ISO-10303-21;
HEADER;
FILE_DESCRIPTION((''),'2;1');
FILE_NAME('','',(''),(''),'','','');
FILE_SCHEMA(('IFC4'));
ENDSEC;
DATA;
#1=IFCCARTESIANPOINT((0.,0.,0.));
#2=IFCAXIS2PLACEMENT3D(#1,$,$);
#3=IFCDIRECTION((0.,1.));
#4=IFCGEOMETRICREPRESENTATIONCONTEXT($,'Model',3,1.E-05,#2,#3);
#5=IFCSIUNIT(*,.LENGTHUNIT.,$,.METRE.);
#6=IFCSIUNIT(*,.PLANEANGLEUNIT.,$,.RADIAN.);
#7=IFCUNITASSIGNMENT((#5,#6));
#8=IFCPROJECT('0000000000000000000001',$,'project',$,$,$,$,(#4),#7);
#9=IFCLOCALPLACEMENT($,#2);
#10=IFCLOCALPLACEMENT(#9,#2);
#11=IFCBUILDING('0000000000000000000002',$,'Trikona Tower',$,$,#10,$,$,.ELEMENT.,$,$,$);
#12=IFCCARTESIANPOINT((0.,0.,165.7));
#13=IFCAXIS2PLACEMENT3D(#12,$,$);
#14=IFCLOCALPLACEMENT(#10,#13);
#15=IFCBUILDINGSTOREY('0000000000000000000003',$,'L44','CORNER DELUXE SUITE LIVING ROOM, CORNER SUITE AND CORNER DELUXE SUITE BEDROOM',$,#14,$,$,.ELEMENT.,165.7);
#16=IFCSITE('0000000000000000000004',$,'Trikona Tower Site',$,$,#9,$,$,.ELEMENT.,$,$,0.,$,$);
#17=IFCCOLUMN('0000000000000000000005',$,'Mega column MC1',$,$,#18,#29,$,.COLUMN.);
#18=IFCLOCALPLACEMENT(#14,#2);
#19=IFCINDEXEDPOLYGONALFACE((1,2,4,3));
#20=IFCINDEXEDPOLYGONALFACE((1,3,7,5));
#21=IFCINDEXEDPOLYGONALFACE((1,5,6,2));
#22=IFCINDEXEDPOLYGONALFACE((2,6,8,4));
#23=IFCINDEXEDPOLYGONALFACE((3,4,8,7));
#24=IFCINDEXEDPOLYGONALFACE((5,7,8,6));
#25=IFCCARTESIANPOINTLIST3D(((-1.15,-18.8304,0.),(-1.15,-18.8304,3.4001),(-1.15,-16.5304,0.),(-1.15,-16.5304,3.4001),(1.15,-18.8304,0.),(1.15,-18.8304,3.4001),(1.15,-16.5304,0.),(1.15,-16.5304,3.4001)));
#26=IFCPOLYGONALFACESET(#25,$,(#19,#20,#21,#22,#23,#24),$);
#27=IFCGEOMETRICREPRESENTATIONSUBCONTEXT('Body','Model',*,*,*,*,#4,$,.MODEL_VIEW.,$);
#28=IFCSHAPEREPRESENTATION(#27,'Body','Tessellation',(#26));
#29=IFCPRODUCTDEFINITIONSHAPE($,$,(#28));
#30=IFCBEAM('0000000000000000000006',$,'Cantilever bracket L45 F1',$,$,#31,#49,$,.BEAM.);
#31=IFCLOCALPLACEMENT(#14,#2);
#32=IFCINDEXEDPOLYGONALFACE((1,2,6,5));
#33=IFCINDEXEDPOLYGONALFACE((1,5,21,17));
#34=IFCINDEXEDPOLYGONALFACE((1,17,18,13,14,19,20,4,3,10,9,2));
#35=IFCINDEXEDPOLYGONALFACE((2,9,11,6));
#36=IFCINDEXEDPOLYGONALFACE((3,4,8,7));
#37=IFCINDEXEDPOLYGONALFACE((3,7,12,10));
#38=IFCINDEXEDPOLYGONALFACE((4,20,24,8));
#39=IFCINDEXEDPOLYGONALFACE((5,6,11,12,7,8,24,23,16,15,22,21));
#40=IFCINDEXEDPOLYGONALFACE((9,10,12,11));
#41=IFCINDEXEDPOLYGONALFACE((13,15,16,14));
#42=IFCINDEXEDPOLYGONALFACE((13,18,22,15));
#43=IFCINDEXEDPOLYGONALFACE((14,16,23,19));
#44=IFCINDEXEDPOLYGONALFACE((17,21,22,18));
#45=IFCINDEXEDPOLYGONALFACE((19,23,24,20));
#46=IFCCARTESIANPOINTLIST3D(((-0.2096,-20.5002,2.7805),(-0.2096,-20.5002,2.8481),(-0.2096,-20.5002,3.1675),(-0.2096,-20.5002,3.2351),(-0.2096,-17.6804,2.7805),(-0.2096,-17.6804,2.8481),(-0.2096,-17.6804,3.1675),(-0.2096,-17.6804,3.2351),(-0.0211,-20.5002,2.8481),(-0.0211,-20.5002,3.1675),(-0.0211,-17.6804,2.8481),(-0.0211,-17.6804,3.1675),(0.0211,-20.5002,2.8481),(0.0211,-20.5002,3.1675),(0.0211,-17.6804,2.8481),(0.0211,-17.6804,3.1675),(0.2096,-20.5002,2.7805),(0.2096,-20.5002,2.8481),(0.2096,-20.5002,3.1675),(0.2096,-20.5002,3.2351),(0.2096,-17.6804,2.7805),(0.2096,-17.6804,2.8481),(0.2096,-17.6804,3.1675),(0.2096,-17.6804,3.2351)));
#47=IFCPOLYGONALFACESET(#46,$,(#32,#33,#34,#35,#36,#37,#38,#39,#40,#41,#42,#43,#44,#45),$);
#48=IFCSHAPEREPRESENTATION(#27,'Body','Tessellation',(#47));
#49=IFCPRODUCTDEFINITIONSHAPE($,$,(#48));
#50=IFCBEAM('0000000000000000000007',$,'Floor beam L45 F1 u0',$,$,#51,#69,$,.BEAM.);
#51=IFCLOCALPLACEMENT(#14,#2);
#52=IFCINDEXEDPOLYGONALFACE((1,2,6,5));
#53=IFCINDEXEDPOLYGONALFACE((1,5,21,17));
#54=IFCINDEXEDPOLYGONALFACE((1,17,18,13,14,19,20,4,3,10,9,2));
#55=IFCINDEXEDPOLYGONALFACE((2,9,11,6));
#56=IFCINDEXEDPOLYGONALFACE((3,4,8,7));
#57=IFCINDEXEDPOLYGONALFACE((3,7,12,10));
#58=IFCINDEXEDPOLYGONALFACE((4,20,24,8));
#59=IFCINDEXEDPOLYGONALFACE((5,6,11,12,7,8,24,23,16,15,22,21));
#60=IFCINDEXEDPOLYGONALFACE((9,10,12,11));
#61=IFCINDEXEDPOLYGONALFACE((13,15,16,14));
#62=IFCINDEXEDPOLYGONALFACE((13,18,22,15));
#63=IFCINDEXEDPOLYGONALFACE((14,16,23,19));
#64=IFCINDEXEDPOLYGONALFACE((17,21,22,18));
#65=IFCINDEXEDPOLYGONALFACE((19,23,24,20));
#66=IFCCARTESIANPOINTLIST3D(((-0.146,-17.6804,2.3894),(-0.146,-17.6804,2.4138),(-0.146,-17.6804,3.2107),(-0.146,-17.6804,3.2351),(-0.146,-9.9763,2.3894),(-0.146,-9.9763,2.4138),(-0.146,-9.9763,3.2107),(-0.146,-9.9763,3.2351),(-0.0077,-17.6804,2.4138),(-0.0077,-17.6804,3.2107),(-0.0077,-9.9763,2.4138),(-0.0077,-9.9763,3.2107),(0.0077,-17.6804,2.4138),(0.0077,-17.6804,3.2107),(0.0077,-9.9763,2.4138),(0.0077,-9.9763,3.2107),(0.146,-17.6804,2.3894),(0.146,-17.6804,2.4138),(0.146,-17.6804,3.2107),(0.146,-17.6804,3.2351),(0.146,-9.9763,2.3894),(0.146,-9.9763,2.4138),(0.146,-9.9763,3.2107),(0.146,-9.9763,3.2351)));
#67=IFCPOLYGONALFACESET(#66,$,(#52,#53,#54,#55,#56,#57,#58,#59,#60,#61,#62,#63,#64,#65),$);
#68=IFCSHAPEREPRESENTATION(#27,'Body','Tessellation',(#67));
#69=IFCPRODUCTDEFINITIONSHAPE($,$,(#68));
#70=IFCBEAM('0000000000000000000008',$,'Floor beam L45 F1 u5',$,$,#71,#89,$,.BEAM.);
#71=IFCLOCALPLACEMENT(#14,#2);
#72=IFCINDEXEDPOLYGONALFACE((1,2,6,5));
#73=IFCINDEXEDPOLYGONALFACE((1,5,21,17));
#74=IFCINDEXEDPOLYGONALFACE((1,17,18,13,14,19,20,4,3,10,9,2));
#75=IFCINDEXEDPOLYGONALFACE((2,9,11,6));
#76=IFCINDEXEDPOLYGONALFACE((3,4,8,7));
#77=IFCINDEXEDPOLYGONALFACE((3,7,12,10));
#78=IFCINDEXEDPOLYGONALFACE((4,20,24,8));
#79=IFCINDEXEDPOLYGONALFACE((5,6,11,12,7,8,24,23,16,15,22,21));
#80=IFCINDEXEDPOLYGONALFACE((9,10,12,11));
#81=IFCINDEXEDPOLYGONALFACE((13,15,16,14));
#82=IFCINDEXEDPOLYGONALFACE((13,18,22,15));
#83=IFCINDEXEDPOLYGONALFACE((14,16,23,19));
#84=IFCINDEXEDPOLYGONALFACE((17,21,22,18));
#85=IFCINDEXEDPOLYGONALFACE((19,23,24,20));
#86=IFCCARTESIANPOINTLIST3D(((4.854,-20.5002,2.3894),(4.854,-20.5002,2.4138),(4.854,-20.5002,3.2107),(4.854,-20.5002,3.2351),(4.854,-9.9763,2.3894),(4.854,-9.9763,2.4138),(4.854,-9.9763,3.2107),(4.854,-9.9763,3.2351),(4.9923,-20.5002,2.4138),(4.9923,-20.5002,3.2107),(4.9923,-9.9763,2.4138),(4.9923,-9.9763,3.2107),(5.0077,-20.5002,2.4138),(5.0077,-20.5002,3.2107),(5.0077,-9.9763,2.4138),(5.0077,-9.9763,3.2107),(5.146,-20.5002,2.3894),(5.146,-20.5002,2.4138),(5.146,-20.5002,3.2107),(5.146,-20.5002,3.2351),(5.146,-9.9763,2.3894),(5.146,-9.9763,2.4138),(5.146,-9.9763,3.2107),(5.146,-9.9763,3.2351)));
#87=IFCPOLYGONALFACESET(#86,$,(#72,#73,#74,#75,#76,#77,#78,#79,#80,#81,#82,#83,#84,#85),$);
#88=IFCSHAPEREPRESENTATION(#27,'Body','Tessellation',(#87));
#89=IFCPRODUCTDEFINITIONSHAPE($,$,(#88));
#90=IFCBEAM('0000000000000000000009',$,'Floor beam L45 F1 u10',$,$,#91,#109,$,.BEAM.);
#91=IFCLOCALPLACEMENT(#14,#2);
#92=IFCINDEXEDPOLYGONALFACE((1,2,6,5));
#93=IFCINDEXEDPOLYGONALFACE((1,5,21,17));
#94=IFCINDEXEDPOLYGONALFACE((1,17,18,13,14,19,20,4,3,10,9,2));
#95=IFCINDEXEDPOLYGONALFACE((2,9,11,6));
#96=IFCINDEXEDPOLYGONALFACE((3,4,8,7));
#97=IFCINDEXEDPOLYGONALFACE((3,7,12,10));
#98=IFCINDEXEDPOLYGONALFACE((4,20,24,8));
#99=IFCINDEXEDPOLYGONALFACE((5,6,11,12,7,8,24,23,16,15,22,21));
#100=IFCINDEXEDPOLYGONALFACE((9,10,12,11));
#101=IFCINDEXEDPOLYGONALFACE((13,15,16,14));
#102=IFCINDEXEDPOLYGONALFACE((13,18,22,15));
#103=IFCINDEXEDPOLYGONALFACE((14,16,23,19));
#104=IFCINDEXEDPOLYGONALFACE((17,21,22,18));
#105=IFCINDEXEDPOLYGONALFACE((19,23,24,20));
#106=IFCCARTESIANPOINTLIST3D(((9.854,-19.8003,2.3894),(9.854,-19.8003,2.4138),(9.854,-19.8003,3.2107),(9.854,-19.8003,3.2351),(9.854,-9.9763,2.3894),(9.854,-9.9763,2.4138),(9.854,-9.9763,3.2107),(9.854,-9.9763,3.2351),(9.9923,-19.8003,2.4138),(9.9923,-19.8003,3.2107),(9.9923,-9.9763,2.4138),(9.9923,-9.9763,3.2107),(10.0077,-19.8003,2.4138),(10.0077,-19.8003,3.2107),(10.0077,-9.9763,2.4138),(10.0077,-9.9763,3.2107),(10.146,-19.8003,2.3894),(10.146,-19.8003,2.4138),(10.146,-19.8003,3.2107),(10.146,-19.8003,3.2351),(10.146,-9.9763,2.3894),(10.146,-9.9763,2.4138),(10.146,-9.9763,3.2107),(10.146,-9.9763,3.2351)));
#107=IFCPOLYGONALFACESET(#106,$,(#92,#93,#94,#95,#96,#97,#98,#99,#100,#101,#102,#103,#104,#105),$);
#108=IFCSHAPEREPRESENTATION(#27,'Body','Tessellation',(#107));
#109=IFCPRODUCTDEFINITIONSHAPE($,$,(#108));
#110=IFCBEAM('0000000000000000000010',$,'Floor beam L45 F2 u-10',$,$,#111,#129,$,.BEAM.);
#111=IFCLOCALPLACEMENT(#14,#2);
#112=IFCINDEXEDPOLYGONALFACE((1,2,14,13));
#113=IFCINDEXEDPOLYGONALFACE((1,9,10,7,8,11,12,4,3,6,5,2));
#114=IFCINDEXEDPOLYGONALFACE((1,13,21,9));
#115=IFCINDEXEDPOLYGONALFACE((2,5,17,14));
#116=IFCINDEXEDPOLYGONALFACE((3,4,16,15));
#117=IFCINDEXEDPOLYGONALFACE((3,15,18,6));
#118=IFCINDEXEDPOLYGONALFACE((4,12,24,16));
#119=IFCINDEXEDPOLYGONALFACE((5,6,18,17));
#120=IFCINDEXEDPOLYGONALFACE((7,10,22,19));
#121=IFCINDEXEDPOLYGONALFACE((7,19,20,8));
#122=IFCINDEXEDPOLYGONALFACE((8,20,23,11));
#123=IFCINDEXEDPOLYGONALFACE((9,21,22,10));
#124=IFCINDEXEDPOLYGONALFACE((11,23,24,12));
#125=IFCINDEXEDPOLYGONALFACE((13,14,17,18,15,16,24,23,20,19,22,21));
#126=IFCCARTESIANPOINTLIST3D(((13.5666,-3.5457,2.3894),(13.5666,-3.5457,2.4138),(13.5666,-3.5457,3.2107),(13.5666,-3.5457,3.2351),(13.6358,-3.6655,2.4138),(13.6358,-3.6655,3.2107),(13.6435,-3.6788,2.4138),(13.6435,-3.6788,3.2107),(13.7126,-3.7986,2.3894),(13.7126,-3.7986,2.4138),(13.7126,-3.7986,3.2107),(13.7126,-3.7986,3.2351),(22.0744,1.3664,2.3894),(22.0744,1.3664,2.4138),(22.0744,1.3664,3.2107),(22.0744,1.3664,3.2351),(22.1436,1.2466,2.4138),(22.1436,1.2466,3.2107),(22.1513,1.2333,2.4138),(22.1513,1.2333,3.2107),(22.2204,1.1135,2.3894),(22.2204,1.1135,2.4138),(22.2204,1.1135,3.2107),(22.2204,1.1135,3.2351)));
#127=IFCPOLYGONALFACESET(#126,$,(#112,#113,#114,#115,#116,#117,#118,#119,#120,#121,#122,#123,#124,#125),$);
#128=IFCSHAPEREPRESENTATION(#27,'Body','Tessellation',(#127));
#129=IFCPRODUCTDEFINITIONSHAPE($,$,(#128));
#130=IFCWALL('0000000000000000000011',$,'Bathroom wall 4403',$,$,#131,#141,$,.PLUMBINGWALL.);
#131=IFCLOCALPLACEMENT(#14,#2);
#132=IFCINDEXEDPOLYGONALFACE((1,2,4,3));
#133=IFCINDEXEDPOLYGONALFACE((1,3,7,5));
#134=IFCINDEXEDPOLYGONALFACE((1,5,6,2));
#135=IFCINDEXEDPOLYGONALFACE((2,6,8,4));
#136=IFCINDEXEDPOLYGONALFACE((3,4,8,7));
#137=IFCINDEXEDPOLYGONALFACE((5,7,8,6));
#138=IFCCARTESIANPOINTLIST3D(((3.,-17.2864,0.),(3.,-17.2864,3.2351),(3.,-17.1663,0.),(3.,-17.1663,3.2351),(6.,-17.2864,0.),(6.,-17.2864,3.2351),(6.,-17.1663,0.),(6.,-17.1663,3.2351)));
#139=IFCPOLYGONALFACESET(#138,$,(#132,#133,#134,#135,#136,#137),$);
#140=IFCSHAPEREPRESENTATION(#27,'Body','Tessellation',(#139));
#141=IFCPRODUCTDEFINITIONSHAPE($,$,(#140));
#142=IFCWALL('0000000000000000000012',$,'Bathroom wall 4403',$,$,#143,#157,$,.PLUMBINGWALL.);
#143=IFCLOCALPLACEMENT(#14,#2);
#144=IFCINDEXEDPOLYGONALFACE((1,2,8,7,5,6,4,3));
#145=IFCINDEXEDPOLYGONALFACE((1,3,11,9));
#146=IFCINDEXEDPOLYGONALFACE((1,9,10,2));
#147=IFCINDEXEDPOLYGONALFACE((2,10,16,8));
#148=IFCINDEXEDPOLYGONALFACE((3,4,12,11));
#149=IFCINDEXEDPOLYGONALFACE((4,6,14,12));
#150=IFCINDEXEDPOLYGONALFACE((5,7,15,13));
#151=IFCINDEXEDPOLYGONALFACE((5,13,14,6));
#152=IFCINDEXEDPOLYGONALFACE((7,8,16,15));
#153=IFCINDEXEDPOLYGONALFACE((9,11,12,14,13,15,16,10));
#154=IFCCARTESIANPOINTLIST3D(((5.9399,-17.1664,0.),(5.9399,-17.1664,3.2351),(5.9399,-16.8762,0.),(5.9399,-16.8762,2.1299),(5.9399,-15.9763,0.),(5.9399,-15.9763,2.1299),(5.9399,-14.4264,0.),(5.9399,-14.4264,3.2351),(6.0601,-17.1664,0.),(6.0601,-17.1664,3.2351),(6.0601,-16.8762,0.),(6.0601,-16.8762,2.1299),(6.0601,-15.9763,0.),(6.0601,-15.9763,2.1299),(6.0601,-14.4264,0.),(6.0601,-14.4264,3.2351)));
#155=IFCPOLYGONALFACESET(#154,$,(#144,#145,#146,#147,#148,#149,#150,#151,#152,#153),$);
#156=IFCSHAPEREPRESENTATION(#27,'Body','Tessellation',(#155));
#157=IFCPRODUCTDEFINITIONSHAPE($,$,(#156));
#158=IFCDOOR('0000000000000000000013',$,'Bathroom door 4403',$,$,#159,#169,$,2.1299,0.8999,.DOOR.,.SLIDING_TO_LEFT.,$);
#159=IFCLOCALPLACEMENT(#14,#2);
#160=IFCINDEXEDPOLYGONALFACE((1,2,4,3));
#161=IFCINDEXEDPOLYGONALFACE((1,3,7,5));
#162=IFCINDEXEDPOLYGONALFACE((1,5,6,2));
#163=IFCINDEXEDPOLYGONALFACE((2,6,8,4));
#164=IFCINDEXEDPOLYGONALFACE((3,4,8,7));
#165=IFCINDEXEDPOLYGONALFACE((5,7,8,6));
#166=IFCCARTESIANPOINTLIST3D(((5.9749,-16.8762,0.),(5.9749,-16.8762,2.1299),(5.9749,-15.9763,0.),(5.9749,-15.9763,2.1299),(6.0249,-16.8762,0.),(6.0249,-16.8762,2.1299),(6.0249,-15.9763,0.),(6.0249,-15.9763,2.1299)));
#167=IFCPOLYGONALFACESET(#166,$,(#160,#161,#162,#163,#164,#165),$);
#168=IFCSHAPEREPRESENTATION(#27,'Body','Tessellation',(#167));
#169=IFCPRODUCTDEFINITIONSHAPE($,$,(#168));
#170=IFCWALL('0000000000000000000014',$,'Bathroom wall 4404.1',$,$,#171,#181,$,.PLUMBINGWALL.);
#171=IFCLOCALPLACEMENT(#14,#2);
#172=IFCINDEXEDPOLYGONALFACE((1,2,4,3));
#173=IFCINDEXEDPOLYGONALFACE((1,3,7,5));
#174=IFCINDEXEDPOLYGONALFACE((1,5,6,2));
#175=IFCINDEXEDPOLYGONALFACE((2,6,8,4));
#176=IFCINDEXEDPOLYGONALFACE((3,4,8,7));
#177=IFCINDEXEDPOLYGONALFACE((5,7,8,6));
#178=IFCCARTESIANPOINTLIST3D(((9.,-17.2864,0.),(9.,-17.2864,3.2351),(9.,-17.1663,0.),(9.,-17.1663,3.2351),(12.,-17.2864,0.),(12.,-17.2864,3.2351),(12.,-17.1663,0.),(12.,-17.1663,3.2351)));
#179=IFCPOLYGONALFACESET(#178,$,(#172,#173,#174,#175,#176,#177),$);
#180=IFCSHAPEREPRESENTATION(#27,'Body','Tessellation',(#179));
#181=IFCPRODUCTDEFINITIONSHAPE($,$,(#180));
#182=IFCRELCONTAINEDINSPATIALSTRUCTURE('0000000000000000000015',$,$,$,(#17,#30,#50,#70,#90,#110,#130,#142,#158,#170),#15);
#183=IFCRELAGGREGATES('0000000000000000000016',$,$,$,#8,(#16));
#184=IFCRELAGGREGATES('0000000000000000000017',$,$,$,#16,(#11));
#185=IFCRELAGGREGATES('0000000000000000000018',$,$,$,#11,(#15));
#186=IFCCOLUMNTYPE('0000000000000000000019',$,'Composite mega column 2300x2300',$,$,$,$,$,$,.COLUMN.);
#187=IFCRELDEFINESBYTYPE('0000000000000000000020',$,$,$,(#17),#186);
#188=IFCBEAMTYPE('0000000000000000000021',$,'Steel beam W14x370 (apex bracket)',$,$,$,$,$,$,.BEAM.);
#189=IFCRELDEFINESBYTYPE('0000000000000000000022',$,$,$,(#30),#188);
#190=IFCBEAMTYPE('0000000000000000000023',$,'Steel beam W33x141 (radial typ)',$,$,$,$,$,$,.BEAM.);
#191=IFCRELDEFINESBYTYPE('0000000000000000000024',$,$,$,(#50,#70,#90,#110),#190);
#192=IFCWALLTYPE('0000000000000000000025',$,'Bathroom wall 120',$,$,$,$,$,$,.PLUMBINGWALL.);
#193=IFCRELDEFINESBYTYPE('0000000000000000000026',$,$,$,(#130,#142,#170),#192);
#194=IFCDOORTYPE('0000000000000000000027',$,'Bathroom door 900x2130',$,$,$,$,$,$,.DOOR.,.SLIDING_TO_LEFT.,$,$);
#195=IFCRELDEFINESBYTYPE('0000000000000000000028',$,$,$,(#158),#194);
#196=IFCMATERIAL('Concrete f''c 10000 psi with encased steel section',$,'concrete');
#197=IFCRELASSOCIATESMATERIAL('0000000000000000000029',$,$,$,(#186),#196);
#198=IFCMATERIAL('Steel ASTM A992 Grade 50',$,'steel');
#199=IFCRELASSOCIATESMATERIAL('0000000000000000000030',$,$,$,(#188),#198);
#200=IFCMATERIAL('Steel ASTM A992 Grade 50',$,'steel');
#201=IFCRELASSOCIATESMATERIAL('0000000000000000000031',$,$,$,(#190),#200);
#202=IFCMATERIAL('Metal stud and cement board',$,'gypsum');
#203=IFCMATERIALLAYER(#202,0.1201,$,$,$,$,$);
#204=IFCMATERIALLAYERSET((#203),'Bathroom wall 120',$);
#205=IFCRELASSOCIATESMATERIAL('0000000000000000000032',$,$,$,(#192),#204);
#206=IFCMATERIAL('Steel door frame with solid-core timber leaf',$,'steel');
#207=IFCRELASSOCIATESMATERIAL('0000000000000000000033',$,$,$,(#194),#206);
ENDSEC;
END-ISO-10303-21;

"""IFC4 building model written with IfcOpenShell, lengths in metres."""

from ifc_helpers import new_model, si_unit, direction, frame, frame_2d, origin, origin_2d, place, context, subcontext, project, spatial, rectangle, i_section, extrude, material, layer, layer_set, material_profile, profile_set, type_object, element, fill, save


model = new_model("IFC4")

# Units and contexts
model_context = context("Model", 3, precision=1e-05, world=origin(), true_north=direction((0.0, 1.0)))
body_context = subcontext(model_context, "Body", "Model", "MODEL_VIEW")
ifc_project = project(units=[si_unit("LENGTHUNIT", "METRE"), si_unit("PLANEANGLEUNIT", "RADIAN")], contexts=[model_context])

# Site, building, storey
site_placement = place(None, origin())
site = spatial("IfcSite", under=ifc_project, at=site_placement, Name="Trikona Tower Site", CompositionType="ELEMENT", RefElevation=0.0)
building_placement = place(site_placement, origin())
building = spatial("IfcBuilding", under=site, at=building_placement, Name="Trikona Tower", CompositionType="ELEMENT")
storey_placement = place(building_placement, frame((0.0, 0.0, 165.7)))
storey = spatial("IfcBuildingStorey", under=building, at=storey_placement, Name="L44", Description="CORNER DELUXE SUITE LIVING ROOM, CORNER SUITE AND CORNER DELUXE SUITE BEDROOM", CompositionType="ELEMENT", Elevation=165.7)

# Column
ifc_material_1 = material(Name="Concrete f'c 10000 psi with encased steel section", Category="concrete")
ifc_material_profile_1 = material_profile(ifc_material_1, rectangle(XDim=2.3, YDim=2.3, at=origin_2d()), Name="MC2300")
ifc_profile_set_1 = profile_set([ifc_material_profile_1], Name="Concrete f'c 10000 psi with encased steel section")
column_type = type_object("IfcColumnType", Name="Composite mega column 2300x2300", PredefinedType="COLUMN", material=ifc_profile_set_1)
column_placement = place(storey_placement, frame((0.0, -17.6804, 0.0), z_axis=(0.0, 0.0, 1.0), x_axis=(0.0, -1.0, 0.0)))
element("IfcColumn", 1, at=column_placement, inside=storey, type_object=column_type, Name="Mega column MC1", PredefinedType="COLUMN", context=body_context, shape_type="SweptSolid", body=[
    extrude(rectangle(XDim=2.3, YDim=2.3, at=origin_2d()), origin(), (0.0, 0.0, 1.0), 3.4001),
])

# Beams
ifc_material_2 = material(Name="Steel ASTM A992 Grade 50", Category="steel")
ifc_material_profile_2 = material_profile(ifc_material_2, i_section(OverallWidth=0.4192, OverallDepth=0.4546, WebThickness=0.0422, FlangeThickness=0.0676, at=origin_2d()), Name="W14X370")
ifc_profile_set_2 = profile_set([ifc_material_profile_2], Name="Steel ASTM A992 Grade 50")
beam_type_1 = type_object("IfcBeamType", Name="Steel beam W14x370 (apex bracket)", PredefinedType="BEAM", material=ifc_profile_set_2)
beam_1_placement = place(storey_placement, frame((0.0, -17.6804, 3.0078), z_axis=(0.0, -1.0, 0.0), x_axis=(1.0, 0.0, 0.0)))
element("IfcBeam", 2, at=beam_1_placement, inside=storey, type_object=beam_type_1, Name="Cantilever bracket L45 F1", PredefinedType="BEAM", context=body_context, shape_type="SweptSolid", body=[
    extrude(i_section(OverallWidth=0.4192, OverallDepth=0.4546, WebThickness=0.0422, FlangeThickness=0.0676, at=origin_2d()), origin(), (0.0, 0.0, 1.0), 2.8198),
])
ifc_material_3 = material(Name="Steel ASTM A992 Grade 50", Category="steel")
ifc_material_profile_3 = material_profile(ifc_material_3, i_section(OverallWidth=0.292, OverallDepth=0.8457, WebThickness=0.0154, FlangeThickness=0.0244, at=origin_2d()), Name="W33X141")
ifc_profile_set_3 = profile_set([ifc_material_profile_3], Name="Steel ASTM A992 Grade 50")
beam_type_2 = type_object("IfcBeamType", Name="Steel beam W33x141 (radial typ)", PredefinedType="BEAM", material=ifc_profile_set_3)
beam_2_placement = place(storey_placement, frame((0.0, -9.9763, 2.8123), z_axis=(0.0, -1.0, 0.0), x_axis=(1.0, 0.0, 0.0)))
element("IfcBeam", 3, at=beam_2_placement, inside=storey, type_object=beam_type_2, Name="Floor beam L45 F1 u0", PredefinedType="BEAM", context=body_context, shape_type="SweptSolid", body=[
    extrude(i_section(OverallWidth=0.292, OverallDepth=0.8457, WebThickness=0.0154, FlangeThickness=0.0244, at=origin_2d()), origin(), (0.0, 0.0, 1.0), 7.7041),
])
beam_3_placement = place(storey_placement, frame((5.0, -9.9763, 2.8123), z_axis=(0.0, -1.0, 0.0), x_axis=(1.0, 0.0, 0.0)))
element("IfcBeam", 4, at=beam_3_placement, inside=storey, type_object=beam_type_2, Name="Floor beam L45 F1 u5", PredefinedType="BEAM", context=body_context, shape_type="SweptSolid", body=[
    extrude(i_section(OverallWidth=0.292, OverallDepth=0.8457, WebThickness=0.0154, FlangeThickness=0.0244, at=origin_2d()), origin(), (0.0, 0.0, 1.0), 10.5239),
])
for number, where, z_axis, x_axis, name in (
    (5, (10.0, -9.9763, 2.8123), (0.0, -1.0, 0.0), (1.0, 0.0, 0.0), "Floor beam L45 F1 u10"),
    (6, (13.6396, -3.6721, 2.8123), (0.86602, 0.500009, 0.0), (-0.500009, 0.86602, 0.0), "Floor beam L45 F2 u-10"),
):
    element("IfcBeam", number, at=place(storey_placement, frame(where, z_axis=z_axis, x_axis=x_axis)), inside=storey, type_object=beam_type_2, Name=name, PredefinedType="BEAM", context=body_context, shape_type="SweptSolid", body=[
        extrude(i_section(OverallWidth=0.292, OverallDepth=0.8457, WebThickness=0.0154, FlangeThickness=0.0244, at=origin_2d()), origin(), (0.0, 0.0, 1.0), 9.824),
    ])

# Wall
ifc_material_4 = material(Name="Metal stud and cement board", Category="gypsum")
ifc_layer_1 = layer(ifc_material_4, 0.1201)
ifc_layer_set_1 = layer_set([ifc_layer_1], Name="Bathroom wall 120")
wall_type_1 = type_object("IfcWallType", Name="Bathroom wall 120", PredefinedType="PLUMBINGWALL", material=ifc_layer_set_1)
wall_1_placement = place(storey_placement, frame((3.0, -17.2263, 0.0), z_axis=(0.0, 0.0, 1.0), x_axis=(1.0, 0.0, 0.0)))
element("IfcWall", 7, at=wall_1_placement, inside=storey, type_object=wall_type_1, Name="Bathroom wall 4403", PredefinedType="PLUMBINGWALL", context=body_context, shape_type="SweptSolid", body=[
    extrude(rectangle(XDim=3.0, YDim=0.1201, at=frame_2d((1.5, 0.0))), origin(), (0.0, 0.0, 1.0), 3.2351),
])

# Wall, opening, door
wall_2_placement = place(storey_placement, frame((6.0, -14.4263, 0.0), z_axis=(0.0, 0.0, 1.0), x_axis=(0.0, -1.0, 0.0)))
wall_2 = element("IfcWall", 8, at=wall_2_placement, inside=storey, type_object=wall_type_1, Name="Bathroom wall 4403", PredefinedType="PLUMBINGWALL", context=body_context, shape_type="SweptSolid", body=[
    extrude(rectangle(XDim=2.74, YDim=0.1201, at=frame_2d((1.3701, 0.0))), origin(), (0.0, 0.0, 1.0), 3.2351),
])
opening_1_placement = place(wall_2_placement, frame((1.55, 0.0, 0.0)))
opening_1 = element("IfcOpeningElement", 9, at=opening_1_placement, cuts=wall_2, PredefinedType="OPENING", context=body_context, shape_type="SweptSolid", body=[
    extrude(rectangle(XDim=0.8999, YDim=2.1299, at=frame_2d((0.45, 1.0649))), frame((0.0, 0.0701, 0.0), z_axis=(0.0, -1.0, 0.0), x_axis=(1.0, 0.0, 0.0)), (0.0, 0.0, 1.0), 0.1401),
])
ifc_material_5 = material(Name="Steel door frame with solid-core timber leaf", Category="steel")
door_type_1 = type_object("IfcDoorType", Name="Bathroom door 900x2130", OperationType="SLIDING_TO_LEFT", PredefinedType="DOOR", material=ifc_material_5)
door_1_placement = place(opening_1_placement, origin())
door_1 = element("IfcDoor", 10, at=door_1_placement, inside=storey, type_object=door_type_1, Name="Bathroom door 4403", OperationType="SLIDING_TO_LEFT", OverallHeight=2.1299, OverallWidth=0.8999, PredefinedType="DOOR", context=body_context, shape_type="SweptSolid", body=[
    extrude(rectangle(XDim=0.8999, YDim=2.1299, at=frame_2d((0.45, 1.0649))), frame((0.0, 0.0249, 0.0), z_axis=(0.0, -1.0, 0.0), x_axis=(1.0, 0.0, 0.0)), (0.0, 0.0, 1.0), 0.05),
])
fill(opening_1, door_1)

# Wall
wall_3_placement = place(storey_placement, frame((9.0, -17.2263, 0.0), z_axis=(0.0, 0.0, 1.0), x_axis=(1.0, 0.0, 0.0)))
element("IfcWall", 11, at=wall_3_placement, inside=storey, type_object=wall_type_1, Name="Bathroom wall 4404.1", PredefinedType="PLUMBINGWALL", context=body_context, shape_type="SweptSolid", body=[
    extrude(rectangle(XDim=3.0, YDim=0.1201, at=frame_2d((1.5, 0.0))), origin(), (0.0, 0.0, 1.0), 3.2351),
])

save(model, "model.ifc")
